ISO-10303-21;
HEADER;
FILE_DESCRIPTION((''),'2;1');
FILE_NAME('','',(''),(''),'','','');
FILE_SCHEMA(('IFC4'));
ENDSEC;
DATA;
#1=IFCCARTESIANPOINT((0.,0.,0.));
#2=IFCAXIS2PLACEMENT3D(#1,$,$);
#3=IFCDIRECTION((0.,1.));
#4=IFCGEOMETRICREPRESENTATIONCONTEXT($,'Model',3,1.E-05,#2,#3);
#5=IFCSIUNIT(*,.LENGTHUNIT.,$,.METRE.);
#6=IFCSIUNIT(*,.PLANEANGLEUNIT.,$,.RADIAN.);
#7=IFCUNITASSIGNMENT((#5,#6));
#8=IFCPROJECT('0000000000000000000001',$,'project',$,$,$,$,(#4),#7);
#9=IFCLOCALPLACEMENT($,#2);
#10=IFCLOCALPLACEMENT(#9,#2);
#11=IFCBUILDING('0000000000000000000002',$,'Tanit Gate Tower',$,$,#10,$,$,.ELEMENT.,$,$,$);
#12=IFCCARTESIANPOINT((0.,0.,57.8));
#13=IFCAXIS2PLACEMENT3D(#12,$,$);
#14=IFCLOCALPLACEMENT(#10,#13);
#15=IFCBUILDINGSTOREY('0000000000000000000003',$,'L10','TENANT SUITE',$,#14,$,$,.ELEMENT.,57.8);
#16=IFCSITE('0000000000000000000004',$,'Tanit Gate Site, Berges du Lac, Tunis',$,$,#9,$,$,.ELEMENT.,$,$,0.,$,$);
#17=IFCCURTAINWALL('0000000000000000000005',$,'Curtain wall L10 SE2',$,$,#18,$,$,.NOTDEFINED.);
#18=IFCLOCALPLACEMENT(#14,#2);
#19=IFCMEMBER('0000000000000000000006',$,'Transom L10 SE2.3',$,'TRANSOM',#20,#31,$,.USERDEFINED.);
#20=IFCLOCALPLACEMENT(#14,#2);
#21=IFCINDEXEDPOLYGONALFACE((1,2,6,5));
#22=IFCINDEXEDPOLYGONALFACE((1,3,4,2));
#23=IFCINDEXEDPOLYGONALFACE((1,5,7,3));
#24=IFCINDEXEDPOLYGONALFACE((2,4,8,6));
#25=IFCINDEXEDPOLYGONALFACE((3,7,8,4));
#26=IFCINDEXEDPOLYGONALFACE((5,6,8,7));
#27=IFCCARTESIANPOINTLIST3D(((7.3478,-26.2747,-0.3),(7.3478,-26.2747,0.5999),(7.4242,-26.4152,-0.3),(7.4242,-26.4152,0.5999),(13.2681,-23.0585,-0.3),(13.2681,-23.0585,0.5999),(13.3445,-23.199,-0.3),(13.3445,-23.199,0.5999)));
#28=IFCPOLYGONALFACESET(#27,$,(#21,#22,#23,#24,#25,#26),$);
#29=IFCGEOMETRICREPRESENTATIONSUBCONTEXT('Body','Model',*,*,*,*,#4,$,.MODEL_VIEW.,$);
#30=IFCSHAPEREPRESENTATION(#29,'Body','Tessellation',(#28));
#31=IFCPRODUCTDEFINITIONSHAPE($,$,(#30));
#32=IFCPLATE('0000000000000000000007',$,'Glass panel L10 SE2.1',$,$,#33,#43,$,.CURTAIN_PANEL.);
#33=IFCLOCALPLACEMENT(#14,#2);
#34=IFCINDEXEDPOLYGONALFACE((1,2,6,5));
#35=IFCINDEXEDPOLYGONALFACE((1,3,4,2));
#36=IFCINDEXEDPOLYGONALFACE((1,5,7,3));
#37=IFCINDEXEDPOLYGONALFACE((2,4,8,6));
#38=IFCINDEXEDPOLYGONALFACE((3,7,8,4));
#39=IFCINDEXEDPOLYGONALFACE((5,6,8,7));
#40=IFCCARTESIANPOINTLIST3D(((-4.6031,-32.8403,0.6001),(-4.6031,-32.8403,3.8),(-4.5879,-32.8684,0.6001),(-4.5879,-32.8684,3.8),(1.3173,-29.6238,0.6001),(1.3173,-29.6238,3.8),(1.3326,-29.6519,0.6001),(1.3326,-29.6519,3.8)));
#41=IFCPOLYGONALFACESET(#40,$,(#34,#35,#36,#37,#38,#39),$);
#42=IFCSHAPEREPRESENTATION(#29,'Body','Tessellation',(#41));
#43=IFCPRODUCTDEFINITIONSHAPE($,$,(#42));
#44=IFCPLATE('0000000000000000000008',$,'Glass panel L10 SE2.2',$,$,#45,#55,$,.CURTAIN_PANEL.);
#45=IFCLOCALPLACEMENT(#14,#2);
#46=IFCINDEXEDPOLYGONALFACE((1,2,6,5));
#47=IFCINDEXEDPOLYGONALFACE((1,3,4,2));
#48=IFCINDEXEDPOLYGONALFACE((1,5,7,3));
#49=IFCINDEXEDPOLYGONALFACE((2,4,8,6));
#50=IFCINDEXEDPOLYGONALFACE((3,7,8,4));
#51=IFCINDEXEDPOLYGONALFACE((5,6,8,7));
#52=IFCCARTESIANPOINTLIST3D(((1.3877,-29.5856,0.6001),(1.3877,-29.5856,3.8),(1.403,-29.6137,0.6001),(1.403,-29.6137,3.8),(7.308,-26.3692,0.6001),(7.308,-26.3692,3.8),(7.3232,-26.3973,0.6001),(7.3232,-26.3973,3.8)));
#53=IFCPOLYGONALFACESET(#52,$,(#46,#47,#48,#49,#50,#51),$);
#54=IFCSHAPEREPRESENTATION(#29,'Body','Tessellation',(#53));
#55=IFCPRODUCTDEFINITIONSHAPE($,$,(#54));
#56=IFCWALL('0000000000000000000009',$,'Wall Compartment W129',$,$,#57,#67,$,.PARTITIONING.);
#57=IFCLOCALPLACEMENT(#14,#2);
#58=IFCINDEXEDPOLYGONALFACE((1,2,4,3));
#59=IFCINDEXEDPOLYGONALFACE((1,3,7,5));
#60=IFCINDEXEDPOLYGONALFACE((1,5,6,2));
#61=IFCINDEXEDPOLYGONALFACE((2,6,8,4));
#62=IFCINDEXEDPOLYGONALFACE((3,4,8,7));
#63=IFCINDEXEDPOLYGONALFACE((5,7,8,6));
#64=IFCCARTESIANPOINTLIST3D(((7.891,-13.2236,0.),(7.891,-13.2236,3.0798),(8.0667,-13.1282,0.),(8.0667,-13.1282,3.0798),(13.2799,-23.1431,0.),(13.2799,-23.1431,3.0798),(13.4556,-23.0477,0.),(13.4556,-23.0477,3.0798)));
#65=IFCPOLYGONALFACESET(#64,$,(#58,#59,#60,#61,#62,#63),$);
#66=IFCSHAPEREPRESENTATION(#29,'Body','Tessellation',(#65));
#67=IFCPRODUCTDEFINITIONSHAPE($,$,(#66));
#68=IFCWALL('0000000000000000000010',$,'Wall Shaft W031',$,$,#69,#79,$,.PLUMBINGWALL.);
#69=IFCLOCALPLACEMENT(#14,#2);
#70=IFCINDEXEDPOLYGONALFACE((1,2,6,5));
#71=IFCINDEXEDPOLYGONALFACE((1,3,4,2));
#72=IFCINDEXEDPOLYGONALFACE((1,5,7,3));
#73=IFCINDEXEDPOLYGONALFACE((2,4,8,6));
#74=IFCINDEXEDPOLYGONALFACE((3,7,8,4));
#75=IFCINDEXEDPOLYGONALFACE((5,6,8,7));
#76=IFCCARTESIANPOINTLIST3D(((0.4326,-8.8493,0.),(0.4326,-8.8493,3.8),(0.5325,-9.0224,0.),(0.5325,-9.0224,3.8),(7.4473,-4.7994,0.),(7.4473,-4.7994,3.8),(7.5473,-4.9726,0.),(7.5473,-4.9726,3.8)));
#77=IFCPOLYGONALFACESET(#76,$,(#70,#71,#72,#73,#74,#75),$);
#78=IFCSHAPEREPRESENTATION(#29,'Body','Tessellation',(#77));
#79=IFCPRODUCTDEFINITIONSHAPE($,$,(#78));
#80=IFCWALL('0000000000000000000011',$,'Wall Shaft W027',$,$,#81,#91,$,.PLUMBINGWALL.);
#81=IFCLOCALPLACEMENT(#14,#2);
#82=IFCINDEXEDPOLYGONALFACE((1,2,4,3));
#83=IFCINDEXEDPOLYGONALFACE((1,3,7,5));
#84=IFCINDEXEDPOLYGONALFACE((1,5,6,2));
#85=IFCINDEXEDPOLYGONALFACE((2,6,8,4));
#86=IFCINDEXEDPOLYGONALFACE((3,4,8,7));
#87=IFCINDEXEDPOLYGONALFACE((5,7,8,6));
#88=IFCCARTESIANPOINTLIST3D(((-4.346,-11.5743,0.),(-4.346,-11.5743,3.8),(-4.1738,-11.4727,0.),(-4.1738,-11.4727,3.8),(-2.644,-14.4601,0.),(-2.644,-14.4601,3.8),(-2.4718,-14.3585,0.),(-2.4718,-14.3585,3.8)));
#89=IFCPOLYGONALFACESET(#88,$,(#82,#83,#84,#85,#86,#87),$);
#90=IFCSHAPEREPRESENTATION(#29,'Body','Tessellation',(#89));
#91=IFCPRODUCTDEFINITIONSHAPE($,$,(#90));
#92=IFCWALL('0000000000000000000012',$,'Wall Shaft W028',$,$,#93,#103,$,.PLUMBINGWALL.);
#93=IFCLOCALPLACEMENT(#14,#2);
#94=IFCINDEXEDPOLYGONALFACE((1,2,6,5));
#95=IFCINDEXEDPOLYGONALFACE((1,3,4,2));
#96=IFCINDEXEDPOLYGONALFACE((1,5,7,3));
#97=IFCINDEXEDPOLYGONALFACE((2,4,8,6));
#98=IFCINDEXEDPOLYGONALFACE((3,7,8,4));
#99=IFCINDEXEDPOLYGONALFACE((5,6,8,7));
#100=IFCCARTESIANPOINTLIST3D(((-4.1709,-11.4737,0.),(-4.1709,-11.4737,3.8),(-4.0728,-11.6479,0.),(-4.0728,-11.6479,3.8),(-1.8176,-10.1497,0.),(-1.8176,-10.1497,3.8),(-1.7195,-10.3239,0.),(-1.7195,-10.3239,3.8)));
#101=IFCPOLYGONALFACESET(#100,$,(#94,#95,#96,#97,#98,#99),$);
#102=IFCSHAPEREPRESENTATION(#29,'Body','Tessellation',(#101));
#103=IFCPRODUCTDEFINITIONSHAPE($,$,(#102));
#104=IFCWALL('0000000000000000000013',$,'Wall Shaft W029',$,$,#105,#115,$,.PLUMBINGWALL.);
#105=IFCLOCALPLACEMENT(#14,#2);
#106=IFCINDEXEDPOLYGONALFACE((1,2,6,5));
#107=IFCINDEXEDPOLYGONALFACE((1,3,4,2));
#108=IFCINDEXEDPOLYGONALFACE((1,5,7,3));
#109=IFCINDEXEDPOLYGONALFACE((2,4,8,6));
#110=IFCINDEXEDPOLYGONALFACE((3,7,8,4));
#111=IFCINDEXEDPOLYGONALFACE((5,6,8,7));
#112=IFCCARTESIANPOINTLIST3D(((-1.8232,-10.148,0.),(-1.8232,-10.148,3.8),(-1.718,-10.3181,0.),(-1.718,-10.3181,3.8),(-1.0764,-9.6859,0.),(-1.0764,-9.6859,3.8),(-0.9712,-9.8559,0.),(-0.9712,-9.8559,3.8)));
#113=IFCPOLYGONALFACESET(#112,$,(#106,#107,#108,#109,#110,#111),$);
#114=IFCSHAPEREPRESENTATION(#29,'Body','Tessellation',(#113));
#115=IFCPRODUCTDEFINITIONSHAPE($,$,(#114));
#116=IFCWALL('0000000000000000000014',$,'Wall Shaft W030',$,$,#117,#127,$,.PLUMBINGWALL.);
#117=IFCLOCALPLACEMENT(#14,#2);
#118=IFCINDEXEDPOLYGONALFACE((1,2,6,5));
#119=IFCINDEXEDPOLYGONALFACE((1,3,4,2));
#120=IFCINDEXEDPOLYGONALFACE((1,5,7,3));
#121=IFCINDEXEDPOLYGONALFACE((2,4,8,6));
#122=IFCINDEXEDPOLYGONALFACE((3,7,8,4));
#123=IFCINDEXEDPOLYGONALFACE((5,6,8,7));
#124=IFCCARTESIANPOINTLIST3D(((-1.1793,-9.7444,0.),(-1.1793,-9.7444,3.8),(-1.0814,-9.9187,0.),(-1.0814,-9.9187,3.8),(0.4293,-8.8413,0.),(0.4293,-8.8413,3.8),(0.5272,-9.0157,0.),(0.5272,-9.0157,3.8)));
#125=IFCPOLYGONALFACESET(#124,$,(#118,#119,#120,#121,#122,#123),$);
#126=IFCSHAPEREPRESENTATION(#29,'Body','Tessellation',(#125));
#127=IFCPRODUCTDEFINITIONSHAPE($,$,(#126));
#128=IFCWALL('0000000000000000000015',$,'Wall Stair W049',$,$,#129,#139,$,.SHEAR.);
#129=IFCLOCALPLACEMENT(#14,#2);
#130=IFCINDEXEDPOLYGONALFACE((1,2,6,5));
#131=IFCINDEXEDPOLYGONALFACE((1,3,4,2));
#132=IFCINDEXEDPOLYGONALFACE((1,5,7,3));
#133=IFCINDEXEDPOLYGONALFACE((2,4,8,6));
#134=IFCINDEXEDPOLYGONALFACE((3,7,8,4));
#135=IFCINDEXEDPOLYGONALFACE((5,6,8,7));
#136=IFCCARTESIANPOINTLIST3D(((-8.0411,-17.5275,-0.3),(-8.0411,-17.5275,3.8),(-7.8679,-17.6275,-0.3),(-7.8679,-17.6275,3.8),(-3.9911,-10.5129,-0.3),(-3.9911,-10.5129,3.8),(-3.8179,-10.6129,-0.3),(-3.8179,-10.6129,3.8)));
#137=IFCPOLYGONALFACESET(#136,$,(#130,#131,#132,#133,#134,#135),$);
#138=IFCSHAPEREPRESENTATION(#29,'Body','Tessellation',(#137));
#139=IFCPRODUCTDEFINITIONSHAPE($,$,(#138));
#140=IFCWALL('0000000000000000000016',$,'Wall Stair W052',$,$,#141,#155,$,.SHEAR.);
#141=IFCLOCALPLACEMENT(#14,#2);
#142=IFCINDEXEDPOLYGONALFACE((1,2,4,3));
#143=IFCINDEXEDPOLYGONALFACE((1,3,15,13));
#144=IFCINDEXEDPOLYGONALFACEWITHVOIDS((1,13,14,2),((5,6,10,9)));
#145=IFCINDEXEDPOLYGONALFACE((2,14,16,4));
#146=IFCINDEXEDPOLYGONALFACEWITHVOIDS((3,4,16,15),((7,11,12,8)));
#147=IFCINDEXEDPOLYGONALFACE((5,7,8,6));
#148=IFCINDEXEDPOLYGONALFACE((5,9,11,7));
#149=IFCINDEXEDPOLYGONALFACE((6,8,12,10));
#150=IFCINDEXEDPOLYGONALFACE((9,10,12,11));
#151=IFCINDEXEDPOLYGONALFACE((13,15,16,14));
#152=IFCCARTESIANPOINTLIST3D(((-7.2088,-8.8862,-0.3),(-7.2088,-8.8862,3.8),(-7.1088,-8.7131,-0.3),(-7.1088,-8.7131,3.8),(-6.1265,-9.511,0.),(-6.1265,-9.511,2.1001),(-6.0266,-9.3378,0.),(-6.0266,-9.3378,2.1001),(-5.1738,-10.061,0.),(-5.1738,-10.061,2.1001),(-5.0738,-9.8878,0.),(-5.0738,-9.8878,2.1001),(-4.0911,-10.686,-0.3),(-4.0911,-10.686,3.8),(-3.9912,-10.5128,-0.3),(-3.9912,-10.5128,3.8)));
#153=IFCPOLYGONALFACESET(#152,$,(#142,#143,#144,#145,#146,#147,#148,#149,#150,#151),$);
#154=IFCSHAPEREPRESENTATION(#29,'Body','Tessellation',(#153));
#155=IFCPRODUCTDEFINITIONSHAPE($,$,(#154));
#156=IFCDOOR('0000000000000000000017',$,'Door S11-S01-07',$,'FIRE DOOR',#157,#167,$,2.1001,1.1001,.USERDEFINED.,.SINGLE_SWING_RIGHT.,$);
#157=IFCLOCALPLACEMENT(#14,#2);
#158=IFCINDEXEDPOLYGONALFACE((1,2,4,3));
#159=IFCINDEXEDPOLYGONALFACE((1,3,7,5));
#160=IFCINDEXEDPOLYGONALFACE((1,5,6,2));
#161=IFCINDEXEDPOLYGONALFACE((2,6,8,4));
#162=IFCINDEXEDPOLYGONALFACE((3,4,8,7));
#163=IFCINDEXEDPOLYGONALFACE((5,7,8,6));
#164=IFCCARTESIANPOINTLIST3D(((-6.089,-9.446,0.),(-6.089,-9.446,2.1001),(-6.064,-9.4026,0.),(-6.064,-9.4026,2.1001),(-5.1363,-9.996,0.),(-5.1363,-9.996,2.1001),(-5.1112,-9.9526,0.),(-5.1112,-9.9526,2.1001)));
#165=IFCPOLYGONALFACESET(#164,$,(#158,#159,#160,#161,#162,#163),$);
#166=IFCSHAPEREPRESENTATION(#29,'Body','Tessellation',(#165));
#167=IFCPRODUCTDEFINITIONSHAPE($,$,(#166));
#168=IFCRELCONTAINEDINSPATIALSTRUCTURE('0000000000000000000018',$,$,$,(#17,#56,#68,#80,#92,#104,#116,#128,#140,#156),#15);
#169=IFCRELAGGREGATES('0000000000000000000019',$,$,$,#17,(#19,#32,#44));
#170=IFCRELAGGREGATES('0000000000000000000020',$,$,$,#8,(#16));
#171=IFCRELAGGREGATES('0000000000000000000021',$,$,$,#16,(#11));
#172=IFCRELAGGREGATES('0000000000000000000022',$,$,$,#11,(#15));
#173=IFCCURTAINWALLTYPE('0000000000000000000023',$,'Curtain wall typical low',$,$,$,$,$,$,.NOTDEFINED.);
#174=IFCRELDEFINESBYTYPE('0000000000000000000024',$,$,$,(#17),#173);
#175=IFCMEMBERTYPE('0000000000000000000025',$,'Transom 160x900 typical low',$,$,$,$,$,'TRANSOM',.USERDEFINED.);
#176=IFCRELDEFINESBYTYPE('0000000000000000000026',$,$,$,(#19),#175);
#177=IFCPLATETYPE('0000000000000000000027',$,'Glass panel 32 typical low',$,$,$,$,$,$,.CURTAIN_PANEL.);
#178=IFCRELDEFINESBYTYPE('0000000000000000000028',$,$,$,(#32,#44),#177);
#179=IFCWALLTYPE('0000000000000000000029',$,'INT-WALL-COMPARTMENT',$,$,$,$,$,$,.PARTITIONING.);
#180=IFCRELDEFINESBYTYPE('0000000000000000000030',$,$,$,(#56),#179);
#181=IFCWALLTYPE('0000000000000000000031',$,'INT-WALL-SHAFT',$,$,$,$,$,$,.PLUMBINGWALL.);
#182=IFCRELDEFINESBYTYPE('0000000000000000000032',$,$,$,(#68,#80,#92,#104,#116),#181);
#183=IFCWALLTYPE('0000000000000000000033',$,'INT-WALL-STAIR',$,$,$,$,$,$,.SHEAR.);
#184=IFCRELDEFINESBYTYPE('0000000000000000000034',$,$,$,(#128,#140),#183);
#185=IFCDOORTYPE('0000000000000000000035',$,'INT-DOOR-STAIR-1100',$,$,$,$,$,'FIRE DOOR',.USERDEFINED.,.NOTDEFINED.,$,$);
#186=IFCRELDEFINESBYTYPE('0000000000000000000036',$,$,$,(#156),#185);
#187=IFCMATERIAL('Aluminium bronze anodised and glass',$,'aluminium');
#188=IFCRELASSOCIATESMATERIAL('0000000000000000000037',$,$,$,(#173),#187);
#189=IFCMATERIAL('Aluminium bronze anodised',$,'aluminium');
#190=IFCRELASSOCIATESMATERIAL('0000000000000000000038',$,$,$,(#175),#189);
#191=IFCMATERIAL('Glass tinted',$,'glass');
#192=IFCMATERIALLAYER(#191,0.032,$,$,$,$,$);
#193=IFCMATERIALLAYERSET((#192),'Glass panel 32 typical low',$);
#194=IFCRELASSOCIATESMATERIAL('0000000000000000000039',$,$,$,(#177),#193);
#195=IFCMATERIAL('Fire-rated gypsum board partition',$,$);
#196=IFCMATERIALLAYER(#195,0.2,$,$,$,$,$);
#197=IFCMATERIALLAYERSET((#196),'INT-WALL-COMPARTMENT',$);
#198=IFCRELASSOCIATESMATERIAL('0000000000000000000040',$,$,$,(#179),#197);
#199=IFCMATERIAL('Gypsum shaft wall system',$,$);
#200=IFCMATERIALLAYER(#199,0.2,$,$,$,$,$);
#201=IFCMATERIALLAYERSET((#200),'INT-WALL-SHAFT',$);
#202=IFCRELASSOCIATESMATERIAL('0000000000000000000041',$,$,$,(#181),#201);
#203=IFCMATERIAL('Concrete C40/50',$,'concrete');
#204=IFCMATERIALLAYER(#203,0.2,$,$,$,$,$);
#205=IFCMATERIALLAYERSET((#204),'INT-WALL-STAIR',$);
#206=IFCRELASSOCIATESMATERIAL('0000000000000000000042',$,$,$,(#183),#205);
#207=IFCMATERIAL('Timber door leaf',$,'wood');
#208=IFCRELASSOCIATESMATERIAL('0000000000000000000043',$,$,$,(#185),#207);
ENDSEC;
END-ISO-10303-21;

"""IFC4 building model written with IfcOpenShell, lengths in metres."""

from ifc_helpers import new_model, si_unit, direction, frame, frame_2d, origin, origin_2d, place, context, subcontext, project, spatial, rectangle, extrude, material, layer, layer_set, material_profile, profile_set, type_object, element, fill, aggregate, save


model = new_model("IFC4")

# Units and contexts
model_context = context("Model", 3, precision=1e-05, world=origin(), true_north=direction((0.0, 1.0)))
body_context = subcontext(model_context, "Body", "Model", "MODEL_VIEW")
ifc_project = project(units=[si_unit("LENGTHUNIT", "METRE"), si_unit("PLANEANGLEUNIT", "RADIAN")], contexts=[model_context])

# Site, building, storey
site_placement = place(None, origin())
site = spatial("IfcSite", under=ifc_project, at=site_placement, Name="Tanit Gate Site, Berges du Lac, Tunis", CompositionType="ELEMENT", RefElevation=0.0)
building_placement = place(site_placement, origin())
building = spatial("IfcBuilding", under=site, at=building_placement, Name="Tanit Gate Tower", CompositionType="ELEMENT")
storey_placement = place(building_placement, frame((0.0, 0.0, 57.8)))
storey = spatial("IfcBuildingStorey", under=building, at=storey_placement, Name="L10", Description="TENANT SUITE", CompositionType="ELEMENT", Elevation=57.8)

# Curtain wall
ifc_material_1 = material(Name="Aluminium bronze anodised and glass", Category="aluminium")
curtain_wall_type = type_object("IfcCurtainWallType", Name="Curtain wall typical low", PredefinedType="NOTDEFINED", material=ifc_material_1)
curtain_wall_placement = place(storey_placement, origin())
curtain_wall = element("IfcCurtainWall", 1, at=curtain_wall_placement, inside=storey, type_object=curtain_wall_type, Name="Curtain wall L10 SE2", PredefinedType="NOTDEFINED")

# Member
ifc_material_2 = material(Name="Aluminium bronze anodised", Category="aluminium")
ifc_material_profile_1 = material_profile(ifc_material_2, rectangle(XDim=0.1599, YDim=0.8999, at=origin_2d()), Name="160x900 bronze transom")
ifc_profile_set_1 = profile_set([ifc_material_profile_1], Name="Aluminium bronze anodised")
member_type_1 = type_object("IfcMemberType", Name="Transom 160x900 typical low", ElementType="TRANSOM", PredefinedType="USERDEFINED", material=ifc_profile_set_1)
member_1_placement = place(storey_placement, frame((7.386, -26.345, 0.1499), z_axis=(0.878706, 0.477364, 0.0), x_axis=(-0.477364, 0.878706, 0.0)))
member_1 = element("IfcMember", 2, at=member_1_placement, type_object=member_type_1, Name="Transom L10 SE2.3", ObjectType="TRANSOM", PredefinedType="USERDEFINED", context=body_context, shape_type="SweptSolid", body=[
    extrude(rectangle(XDim=0.1599, YDim=0.8999, at=origin_2d()), origin(), (0.0, 0.0, 1.0), 6.7375),
])

# Plates
ifc_material_3 = material(Name="Glass tinted", Category="glass")
ifc_layer_1 = layer(ifc_material_3, 0.032)
ifc_layer_set_1 = layer_set([ifc_layer_1], Name="Glass panel 32 typical low")
plate_type = type_object("IfcPlateType", Name="Glass panel 32 typical low", PredefinedType="CURTAIN_PANEL", material=ifc_layer_set_1)
plate_1_placement = place(storey_placement, frame((-1.6353, -31.2461, 0.6001), z_axis=(0.0, 0.0, 1.0), x_axis=(0.878696, 0.477381, 0.0)))
plate_1 = element("IfcPlate", 3, at=plate_1_placement, type_object=plate_type, Name="Glass panel L10 SE2.1", PredefinedType="CURTAIN_PANEL", context=body_context, shape_type="SweptSolid", body=[
    extrude(rectangle(XDim=6.7378, YDim=0.032, at=origin_2d()), origin(), (0.0, 0.0, 1.0), 3.2),
])
plate_2_placement = place(storey_placement, frame((4.3555, -27.9915, 0.6001), z_axis=(0.0, 0.0, 1.0), x_axis=(0.878696, 0.477381, 0.0)))
plate_2 = element("IfcPlate", 4, at=plate_2_placement, type_object=plate_type, Name="Glass panel L10 SE2.2", PredefinedType="CURTAIN_PANEL", context=body_context, shape_type="SweptSolid", body=[
    extrude(rectangle(XDim=6.7375, YDim=0.032, at=origin_2d()), origin(), (0.0, 0.0, 1.0), 3.2),
])
aggregate(curtain_wall, [member_1, plate_1, plate_2])

# Walls
ifc_material_4 = material(Name="Fire-rated gypsum board partition")
ifc_layer_2 = layer(ifc_material_4, 0.2)
ifc_layer_set_2 = layer_set([ifc_layer_2], Name="INT-WALL-COMPARTMENT")
wall_type_1 = type_object("IfcWallType", Name="INT-WALL-COMPARTMENT", PredefinedType="PARTITIONING", material=ifc_layer_set_2)
wall_1_placement = place(storey_placement, frame((7.9788, -13.1758, 0.0), z_axis=(0.0, 0.0, 1.0), x_axis=(0.477371, -0.878702, 0.0)))
element("IfcWall", 5, at=wall_1_placement, inside=storey, type_object=wall_type_1, Name="Wall Compartment W129", PredefinedType="PARTITIONING", context=body_context, shape_type="SweptSolid", body=[
    extrude(rectangle(XDim=11.2888, YDim=0.2, at=frame_2d((5.6445, 0.0))), origin(), (0.0, 0.0, 1.0), 3.0798),
])
ifc_material_5 = material(Name="Gypsum shaft wall system")
ifc_layer_3 = layer(ifc_material_5, 0.2)
ifc_layer_set_3 = layer_set([ifc_layer_3], Name="INT-WALL-SHAFT")
wall_type_2 = type_object("IfcWallType", Name="INT-WALL-SHAFT", PredefinedType="PLUMBINGWALL", material=ifc_layer_set_3)
wall_2_placement = place(storey_placement, frame((0.4827, -8.9358, 0.0), z_axis=(0.0, 0.0, 1.0), x_axis=(0.866031, 0.49999, 0.0)))
element("IfcWall", 6, at=wall_2_placement, inside=storey, type_object=wall_type_2, Name="Wall Shaft W031", PredefinedType="PLUMBINGWALL", context=body_context, shape_type="SweptSolid", body=[
    extrude(rectangle(XDim=8.0999, YDim=0.2, at=frame_2d((4.0498, 0.0))), origin(), (0.0, 0.0, 1.0), 3.8),
])
wall_3_placement = place(storey_placement, frame((-2.5579, -14.4094, 0.0), z_axis=(0.0, 0.0, 1.0), x_axis=(-0.507997, 0.861359, 0.0)))
element("IfcWall", 7, at=wall_3_placement, inside=storey, type_object=wall_type_2, Name="Wall Shaft W027", PredefinedType="PLUMBINGWALL", context=body_context, shape_type="SweptSolid", body=[
    extrude(rectangle(XDim=3.3503, YDim=0.2, at=frame_2d((1.6753, 0.0))), origin(), (0.0, 0.0, 1.0), 3.8),
])
wall_4_placement = place(storey_placement, frame((-1.7686, -10.2368, 0.0), z_axis=(0.0, 0.0, 1.0), x_axis=(-0.871534, -0.490334, 0.0)))
element("IfcWall", 8, at=wall_4_placement, inside=storey, type_object=wall_type_2, Name="Wall Shaft W028", PredefinedType="PLUMBINGWALL", context=body_context, shape_type="SweptSolid", body=[
    extrude(rectangle(XDim=2.7002, YDim=0.2, at=frame_2d((1.3501, 0.0))), origin(), (0.0, 0.0, 1.0), 3.8),
])
wall_5_placement = place(storey_placement, frame((-1.0239, -9.771, 0.0), z_axis=(0.0, 0.0, 1.0), x_axis=(-0.850348, -0.526221, 0.0)))
element("IfcWall", 9, at=wall_5_placement, inside=storey, type_object=wall_type_2, Name="Wall Shaft W029", PredefinedType="PLUMBINGWALL", context=body_context, shape_type="SweptSolid", body=[
    extrude(rectangle(XDim=0.8782, YDim=0.2, at=frame_2d((0.439, 0.0))), origin(), (0.0, 0.0, 1.0), 3.8),
])
wall_6_placement = place(storey_placement, frame((-1.1304, -9.8315, 0.0), z_axis=(0.0, 0.0, 1.0), x_axis=(0.871989, 0.489526, 0.0)))
element("IfcWall", 10, at=wall_6_placement, inside=storey, type_object=wall_type_2, Name="Wall Shaft W030", PredefinedType="PLUMBINGWALL", context=body_context, shape_type="SweptSolid", body=[
    extrude(rectangle(XDim=1.8447, YDim=0.2, at=frame_2d((0.9224, 0.0))), origin(), (0.0, 0.0, 1.0), 3.8),
])
ifc_material_6 = material(Name="Concrete C40/50", Category="concrete")
ifc_layer_4 = layer(ifc_material_6, 0.2)
ifc_layer_set_4 = layer_set([ifc_layer_4], Name="INT-WALL-STAIR")
wall_type_3 = type_object("IfcWallType", Name="INT-WALL-STAIR", PredefinedType="SHEAR", material=ifc_layer_set_4)
wall_7_placement = place(storey_placement, frame((-3.9045, -10.563, -0.3), z_axis=(0.0, 0.0, 1.0), x_axis=(-0.500013, -0.866018, 0.0)))
element("IfcWall", 11, at=wall_7_placement, inside=storey, type_object=wall_type_3, Name="Wall Stair W049", PredefinedType="SHEAR", context=body_context, shape_type="SweptSolid", body=[
    extrude(rectangle(XDim=8.0999, YDim=0.2, at=frame_2d((4.0498, 0.0))), origin(), (0.0, 0.0, 1.0), 4.1001),
])

# Wall, opening, door
wall_8_placement = place(storey_placement, frame((-4.0413, -10.5994, -0.3), z_axis=(0.0, 0.0, 1.0), x_axis=(-0.866048, 0.499961, 0.0)))
wall_8 = element("IfcWall", 12, at=wall_8_placement, inside=storey, type_object=wall_type_3, Name="Wall Stair W052", PredefinedType="SHEAR", context=body_context, shape_type="SweptSolid", body=[
    extrude(rectangle(XDim=3.5999, YDim=0.2, at=frame_2d((1.7998, 0.0))), origin(), (0.0, 0.0, 1.0), 4.1001),
])
opening_placement = place(wall_8_placement, frame((1.25, 0.0, 0.3)))
opening = element("IfcOpeningElement", 13, at=opening_placement, cuts=wall_8, PredefinedType="OPENING", context=body_context, shape_type="SweptSolid", body=[
    extrude(rectangle(XDim=1.1001, YDim=2.1001, at=frame_2d((0.55, 1.05))), frame((0.0, 0.1099, 0.0), z_axis=(0.0, -1.0, 0.0), x_axis=(1.0, 0.0, 0.0)), (0.0, 0.0, 1.0), 0.22),
])
ifc_material_7 = material(Name="Timber door leaf", Category="wood")
door_type = type_object("IfcDoorType", Name="INT-DOOR-STAIR-1100", ElementType="FIRE DOOR", OperationType="NOTDEFINED", PredefinedType="USERDEFINED", material=ifc_material_7)
door_placement = place(opening_placement, origin())
door = element("IfcDoor", 14, at=door_placement, inside=storey, type_object=door_type, Name="Door S11-S01-07", ObjectType="FIRE DOOR", OperationType="SINGLE_SWING_RIGHT", OverallHeight=2.1001, OverallWidth=1.1001, PredefinedType="USERDEFINED", context=body_context, shape_type="SweptSolid", body=[
    extrude(rectangle(XDim=1.1001, YDim=2.1001, at=frame_2d((0.55, 1.05))), frame((0.0, 0.0249, 0.0), z_axis=(0.0, -1.0, 0.0), x_axis=(1.0, 0.0, 0.0)), (0.0, 0.0, 1.0), 0.05),
])
fill(opening, door)

save(model, "model.ifc")
